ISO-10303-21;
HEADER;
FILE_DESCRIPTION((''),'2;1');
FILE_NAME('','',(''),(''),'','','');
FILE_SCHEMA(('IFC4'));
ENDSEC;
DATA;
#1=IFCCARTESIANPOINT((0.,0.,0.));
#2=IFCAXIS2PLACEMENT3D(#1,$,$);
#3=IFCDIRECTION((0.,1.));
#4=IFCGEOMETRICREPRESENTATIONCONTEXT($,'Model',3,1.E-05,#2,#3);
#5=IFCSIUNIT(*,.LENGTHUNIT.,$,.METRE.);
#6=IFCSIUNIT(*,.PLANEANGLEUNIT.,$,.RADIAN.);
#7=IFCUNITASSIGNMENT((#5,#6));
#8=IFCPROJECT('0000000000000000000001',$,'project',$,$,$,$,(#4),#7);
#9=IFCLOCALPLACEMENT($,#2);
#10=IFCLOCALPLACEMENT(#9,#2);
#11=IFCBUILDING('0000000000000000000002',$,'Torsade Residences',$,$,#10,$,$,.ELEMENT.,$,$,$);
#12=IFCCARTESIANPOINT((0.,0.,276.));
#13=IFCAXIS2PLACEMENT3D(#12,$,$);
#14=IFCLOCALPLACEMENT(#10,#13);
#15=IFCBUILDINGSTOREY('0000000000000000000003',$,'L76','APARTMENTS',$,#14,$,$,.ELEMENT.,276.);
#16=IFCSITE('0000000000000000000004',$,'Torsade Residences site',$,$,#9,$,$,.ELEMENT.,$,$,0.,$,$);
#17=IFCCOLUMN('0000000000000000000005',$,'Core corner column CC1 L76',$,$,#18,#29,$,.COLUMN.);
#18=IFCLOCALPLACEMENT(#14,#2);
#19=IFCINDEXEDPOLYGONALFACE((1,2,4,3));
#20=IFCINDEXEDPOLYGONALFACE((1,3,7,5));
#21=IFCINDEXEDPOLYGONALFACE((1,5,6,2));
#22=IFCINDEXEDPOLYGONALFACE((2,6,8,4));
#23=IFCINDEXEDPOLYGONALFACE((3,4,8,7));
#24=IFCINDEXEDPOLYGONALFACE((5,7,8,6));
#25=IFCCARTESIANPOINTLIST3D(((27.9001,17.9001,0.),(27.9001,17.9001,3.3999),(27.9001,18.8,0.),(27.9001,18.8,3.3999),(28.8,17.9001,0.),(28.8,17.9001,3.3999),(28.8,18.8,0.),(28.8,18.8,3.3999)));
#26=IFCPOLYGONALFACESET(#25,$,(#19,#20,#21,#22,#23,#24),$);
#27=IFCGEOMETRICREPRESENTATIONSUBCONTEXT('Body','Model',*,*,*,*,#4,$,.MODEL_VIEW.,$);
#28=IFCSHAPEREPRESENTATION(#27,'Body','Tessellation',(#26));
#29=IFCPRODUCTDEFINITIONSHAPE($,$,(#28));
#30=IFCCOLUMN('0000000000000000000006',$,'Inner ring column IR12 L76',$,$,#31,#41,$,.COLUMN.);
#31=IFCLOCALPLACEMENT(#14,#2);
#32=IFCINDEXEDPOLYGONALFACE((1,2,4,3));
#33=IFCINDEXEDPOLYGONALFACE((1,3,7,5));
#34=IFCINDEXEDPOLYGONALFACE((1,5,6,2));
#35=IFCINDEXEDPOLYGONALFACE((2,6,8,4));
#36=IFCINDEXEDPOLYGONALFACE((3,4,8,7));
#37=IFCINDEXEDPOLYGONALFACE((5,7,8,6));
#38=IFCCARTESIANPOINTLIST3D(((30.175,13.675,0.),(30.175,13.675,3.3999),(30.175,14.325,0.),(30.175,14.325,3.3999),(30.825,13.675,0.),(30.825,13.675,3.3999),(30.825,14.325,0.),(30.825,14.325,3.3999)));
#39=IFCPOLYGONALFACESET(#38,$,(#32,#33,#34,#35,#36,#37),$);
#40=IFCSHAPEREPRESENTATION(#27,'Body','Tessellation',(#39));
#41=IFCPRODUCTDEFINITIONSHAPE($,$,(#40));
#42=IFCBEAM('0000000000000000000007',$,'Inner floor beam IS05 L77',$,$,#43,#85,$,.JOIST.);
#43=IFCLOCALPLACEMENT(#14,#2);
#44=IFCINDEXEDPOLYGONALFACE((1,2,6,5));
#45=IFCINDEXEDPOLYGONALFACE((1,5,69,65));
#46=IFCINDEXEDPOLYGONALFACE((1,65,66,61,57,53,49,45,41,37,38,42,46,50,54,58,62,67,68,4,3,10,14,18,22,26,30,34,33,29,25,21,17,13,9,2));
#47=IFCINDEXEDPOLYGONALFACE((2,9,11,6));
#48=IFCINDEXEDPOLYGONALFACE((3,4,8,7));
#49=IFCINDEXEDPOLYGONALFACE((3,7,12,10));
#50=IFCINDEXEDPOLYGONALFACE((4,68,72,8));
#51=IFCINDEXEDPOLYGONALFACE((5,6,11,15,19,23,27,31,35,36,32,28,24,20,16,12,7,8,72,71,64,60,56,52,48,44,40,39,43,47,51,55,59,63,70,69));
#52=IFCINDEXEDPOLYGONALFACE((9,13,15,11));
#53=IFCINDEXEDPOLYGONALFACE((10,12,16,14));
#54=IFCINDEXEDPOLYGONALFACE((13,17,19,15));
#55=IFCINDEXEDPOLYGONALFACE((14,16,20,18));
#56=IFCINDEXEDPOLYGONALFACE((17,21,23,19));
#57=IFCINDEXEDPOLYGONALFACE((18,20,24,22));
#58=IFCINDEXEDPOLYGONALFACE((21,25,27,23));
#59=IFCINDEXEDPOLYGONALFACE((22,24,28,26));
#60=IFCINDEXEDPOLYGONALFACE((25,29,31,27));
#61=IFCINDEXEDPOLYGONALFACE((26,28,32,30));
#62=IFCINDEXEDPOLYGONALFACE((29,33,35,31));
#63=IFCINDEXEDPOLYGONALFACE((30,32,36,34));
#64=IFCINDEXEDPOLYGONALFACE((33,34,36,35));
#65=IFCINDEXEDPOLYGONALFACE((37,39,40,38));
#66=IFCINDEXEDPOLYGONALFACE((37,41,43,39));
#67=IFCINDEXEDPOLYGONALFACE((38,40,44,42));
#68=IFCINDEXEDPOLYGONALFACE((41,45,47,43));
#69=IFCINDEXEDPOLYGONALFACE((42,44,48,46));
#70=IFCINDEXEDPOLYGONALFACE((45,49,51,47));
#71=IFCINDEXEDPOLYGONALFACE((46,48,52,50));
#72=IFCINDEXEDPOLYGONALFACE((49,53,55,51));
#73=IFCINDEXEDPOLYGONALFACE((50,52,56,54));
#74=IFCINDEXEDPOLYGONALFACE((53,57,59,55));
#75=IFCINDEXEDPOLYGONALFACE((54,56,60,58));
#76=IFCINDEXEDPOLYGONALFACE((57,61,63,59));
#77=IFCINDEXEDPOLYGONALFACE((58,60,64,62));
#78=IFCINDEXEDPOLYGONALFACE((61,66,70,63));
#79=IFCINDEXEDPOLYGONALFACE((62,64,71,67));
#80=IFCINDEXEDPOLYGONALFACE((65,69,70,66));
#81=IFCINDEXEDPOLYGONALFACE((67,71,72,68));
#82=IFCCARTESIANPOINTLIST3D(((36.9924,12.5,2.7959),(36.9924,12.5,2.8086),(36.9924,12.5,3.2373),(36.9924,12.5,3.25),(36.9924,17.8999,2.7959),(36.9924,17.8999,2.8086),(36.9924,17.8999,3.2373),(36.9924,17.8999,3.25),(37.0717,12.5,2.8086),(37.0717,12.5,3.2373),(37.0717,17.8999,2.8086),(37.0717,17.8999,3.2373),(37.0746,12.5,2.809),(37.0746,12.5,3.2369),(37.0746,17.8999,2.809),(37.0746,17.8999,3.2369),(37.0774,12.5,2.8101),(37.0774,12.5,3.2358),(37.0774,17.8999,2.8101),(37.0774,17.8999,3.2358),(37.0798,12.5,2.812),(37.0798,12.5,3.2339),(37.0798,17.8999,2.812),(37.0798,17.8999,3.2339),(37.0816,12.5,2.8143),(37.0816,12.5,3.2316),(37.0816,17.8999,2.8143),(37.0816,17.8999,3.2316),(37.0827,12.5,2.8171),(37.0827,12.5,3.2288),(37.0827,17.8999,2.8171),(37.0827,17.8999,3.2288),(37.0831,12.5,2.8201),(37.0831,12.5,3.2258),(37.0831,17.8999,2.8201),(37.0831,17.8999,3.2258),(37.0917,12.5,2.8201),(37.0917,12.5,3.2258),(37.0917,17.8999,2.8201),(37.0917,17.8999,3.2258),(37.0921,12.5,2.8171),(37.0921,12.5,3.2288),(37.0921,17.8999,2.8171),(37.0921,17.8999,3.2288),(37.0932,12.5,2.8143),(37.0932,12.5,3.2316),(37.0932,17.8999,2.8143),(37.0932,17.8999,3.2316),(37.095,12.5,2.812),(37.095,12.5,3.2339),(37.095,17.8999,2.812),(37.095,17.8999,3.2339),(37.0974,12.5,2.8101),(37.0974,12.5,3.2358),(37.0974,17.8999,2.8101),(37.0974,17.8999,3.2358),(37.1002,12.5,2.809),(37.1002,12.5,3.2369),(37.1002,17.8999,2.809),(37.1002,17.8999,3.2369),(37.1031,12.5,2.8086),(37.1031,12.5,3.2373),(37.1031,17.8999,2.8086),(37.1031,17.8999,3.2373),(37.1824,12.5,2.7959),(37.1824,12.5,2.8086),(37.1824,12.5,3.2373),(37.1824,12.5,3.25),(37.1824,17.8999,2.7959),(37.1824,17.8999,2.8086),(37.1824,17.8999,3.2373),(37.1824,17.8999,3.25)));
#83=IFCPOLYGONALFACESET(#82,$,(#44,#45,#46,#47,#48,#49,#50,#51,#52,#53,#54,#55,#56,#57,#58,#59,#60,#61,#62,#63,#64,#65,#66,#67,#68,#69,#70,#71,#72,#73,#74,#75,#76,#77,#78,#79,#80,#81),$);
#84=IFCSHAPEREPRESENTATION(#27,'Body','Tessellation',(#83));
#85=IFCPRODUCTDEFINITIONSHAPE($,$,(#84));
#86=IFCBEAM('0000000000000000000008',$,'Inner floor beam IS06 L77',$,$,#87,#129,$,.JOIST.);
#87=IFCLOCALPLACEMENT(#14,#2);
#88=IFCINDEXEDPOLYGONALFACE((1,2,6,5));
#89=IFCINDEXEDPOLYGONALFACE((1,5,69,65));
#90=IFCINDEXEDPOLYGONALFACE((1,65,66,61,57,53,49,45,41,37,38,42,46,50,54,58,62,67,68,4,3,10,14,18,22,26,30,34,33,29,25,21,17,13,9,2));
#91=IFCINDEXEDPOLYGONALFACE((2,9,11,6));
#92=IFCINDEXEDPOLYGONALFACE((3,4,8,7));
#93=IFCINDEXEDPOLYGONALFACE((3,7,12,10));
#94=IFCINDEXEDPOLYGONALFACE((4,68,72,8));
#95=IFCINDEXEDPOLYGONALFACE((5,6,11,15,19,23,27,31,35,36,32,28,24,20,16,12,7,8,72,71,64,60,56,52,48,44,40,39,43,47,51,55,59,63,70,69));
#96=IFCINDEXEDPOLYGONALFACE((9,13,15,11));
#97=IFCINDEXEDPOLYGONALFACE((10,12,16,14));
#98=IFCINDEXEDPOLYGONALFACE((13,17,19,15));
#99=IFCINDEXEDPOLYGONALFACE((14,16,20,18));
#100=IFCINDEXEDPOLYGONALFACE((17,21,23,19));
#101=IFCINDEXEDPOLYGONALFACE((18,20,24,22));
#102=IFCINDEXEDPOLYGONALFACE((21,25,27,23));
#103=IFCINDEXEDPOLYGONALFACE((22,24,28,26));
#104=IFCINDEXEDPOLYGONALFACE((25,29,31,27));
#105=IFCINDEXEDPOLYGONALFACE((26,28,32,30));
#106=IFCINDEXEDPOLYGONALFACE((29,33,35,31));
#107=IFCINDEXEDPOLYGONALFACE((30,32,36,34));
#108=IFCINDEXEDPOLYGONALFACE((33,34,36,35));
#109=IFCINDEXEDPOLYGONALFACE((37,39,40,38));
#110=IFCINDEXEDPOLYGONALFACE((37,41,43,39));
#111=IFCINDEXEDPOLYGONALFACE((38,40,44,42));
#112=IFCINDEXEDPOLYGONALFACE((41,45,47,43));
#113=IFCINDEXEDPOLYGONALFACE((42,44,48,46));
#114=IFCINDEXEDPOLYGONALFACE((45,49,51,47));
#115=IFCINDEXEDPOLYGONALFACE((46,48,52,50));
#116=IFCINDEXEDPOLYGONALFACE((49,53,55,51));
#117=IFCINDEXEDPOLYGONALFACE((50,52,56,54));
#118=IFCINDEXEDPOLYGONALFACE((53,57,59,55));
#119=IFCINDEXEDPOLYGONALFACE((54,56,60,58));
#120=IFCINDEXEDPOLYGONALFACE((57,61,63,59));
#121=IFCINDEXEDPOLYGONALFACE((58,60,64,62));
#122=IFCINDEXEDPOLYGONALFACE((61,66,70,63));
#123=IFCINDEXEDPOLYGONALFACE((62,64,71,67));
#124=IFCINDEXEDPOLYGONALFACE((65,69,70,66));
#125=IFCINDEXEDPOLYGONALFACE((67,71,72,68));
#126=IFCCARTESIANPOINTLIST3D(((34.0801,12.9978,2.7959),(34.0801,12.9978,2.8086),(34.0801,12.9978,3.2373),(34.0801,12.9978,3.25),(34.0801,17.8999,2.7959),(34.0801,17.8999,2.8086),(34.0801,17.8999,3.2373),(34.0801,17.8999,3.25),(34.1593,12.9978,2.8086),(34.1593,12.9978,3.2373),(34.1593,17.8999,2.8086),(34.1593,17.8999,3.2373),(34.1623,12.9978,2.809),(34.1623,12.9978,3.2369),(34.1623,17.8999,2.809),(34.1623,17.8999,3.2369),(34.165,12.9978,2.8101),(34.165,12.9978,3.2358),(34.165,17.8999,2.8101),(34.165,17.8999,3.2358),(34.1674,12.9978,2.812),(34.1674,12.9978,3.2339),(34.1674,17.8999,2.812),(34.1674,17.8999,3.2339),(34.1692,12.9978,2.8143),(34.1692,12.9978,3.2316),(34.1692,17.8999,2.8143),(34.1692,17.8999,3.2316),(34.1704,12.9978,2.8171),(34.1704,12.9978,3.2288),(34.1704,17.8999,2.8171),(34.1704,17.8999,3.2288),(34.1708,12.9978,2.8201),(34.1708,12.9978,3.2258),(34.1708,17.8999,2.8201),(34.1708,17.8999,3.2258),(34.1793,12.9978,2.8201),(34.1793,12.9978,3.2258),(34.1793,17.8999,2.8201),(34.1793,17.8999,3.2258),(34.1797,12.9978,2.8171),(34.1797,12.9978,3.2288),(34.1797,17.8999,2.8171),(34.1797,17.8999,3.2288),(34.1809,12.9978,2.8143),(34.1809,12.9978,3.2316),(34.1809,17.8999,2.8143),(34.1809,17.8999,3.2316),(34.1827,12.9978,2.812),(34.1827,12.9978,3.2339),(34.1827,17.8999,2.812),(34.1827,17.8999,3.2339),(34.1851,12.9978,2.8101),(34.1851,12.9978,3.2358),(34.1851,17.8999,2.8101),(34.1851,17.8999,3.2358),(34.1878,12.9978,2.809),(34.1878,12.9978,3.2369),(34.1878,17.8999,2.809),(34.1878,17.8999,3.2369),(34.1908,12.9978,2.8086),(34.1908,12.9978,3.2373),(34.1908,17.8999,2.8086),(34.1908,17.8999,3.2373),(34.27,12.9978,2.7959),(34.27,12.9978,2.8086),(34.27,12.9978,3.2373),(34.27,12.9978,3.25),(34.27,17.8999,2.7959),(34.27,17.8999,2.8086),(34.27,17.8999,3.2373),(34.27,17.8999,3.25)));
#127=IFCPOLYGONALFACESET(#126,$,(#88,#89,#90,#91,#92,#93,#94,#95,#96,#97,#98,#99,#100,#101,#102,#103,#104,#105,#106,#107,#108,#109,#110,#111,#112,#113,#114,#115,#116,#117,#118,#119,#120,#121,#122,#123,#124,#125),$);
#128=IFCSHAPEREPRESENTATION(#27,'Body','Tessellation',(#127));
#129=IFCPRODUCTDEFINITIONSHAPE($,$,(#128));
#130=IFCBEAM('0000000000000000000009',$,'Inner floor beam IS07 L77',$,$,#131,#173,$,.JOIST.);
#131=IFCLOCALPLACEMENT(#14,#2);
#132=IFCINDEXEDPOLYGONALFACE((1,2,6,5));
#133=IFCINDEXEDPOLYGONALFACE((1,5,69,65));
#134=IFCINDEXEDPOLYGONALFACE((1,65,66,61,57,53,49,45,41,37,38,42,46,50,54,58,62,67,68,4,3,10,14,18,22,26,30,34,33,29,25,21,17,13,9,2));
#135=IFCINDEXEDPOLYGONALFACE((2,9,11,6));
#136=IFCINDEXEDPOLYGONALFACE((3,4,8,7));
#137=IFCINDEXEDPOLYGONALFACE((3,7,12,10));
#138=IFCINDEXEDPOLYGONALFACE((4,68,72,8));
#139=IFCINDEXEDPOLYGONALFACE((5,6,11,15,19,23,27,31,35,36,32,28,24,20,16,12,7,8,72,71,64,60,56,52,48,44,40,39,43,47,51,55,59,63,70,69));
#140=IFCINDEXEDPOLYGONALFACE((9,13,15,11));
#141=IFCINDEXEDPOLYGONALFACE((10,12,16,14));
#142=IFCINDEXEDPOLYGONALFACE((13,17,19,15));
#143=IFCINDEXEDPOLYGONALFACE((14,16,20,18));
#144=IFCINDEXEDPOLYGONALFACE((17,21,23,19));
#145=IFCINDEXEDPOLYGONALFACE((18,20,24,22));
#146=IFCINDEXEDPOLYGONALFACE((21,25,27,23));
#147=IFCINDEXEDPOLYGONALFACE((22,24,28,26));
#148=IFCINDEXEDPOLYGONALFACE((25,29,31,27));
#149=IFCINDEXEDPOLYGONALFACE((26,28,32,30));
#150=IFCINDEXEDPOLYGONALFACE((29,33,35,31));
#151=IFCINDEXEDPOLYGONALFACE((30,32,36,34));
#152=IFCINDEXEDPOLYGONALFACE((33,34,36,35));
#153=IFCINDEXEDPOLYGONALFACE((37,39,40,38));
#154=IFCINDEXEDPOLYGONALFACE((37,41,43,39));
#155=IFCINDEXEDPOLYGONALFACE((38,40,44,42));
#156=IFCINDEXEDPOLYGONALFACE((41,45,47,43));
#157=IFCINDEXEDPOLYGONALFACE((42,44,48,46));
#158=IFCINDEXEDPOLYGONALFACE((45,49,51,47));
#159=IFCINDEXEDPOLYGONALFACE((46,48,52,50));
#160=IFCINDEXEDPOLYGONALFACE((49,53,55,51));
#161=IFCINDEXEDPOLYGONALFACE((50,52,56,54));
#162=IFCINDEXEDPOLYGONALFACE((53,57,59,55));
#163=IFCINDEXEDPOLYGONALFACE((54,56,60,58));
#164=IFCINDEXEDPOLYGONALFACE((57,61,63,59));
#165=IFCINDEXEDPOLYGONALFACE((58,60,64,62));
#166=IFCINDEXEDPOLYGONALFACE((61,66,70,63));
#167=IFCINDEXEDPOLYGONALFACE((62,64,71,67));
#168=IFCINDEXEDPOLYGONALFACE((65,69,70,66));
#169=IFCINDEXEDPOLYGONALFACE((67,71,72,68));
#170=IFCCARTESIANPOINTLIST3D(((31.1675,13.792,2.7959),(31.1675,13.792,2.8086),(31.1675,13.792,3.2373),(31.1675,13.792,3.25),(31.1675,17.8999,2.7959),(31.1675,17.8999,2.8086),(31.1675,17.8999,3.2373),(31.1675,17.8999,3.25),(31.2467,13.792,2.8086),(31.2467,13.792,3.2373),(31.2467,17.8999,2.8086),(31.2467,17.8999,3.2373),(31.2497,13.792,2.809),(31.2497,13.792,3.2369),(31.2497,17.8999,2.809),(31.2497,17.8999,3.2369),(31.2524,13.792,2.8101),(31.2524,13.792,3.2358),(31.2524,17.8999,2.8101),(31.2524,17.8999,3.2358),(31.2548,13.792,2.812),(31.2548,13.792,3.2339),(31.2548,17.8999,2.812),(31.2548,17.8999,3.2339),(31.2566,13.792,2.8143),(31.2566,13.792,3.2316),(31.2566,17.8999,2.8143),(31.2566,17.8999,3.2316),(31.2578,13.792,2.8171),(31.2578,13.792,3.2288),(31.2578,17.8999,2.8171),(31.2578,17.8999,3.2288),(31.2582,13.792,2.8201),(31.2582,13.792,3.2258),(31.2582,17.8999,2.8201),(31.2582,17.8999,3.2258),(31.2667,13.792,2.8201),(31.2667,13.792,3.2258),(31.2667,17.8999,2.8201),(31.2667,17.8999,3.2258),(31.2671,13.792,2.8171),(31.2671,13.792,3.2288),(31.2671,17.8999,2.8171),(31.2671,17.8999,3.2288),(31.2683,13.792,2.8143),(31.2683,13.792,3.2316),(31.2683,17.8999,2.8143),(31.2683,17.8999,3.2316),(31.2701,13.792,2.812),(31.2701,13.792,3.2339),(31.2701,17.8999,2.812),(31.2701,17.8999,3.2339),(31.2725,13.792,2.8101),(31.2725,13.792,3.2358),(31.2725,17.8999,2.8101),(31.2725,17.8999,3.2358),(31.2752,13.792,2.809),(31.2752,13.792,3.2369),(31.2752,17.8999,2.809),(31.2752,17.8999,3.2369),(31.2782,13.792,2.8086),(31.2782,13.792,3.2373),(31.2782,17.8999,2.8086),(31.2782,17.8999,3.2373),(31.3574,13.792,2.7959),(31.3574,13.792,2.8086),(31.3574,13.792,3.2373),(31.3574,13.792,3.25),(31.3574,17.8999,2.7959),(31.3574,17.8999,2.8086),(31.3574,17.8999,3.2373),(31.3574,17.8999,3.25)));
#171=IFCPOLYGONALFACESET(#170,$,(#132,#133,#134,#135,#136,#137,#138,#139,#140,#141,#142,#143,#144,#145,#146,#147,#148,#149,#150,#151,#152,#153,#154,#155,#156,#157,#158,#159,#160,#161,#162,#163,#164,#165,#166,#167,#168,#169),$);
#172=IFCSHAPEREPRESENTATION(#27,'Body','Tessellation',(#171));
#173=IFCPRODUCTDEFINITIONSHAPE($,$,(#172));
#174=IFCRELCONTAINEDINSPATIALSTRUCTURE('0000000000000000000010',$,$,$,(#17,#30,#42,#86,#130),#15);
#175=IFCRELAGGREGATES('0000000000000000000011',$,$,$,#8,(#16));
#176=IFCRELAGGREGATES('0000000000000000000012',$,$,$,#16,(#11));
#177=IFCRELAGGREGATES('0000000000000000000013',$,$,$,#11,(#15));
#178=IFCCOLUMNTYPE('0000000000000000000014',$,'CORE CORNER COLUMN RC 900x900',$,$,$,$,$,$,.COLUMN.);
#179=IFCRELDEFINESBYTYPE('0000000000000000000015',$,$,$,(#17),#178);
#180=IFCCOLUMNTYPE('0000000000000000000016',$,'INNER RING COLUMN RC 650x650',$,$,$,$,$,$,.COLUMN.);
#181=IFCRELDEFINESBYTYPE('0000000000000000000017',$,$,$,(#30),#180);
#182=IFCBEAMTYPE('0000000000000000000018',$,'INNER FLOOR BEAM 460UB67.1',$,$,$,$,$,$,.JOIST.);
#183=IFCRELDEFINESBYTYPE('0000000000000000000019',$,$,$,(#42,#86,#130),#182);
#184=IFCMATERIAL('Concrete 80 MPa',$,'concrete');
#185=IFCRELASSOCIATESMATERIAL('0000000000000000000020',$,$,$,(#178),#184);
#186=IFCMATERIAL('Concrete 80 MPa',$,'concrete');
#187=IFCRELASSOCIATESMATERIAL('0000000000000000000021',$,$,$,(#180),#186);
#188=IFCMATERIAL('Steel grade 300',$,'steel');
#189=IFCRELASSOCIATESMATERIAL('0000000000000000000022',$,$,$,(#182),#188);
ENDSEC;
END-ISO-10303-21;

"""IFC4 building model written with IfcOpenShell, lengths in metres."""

from ifc_helpers import new_model, si_unit, direction, frame, origin, origin_2d, place, context, subcontext, project, spatial, rectangle, i_section, extrude, material, material_profile, profile_set, type_object, element, save


model = new_model("IFC4")

# Units and contexts
model_context = context("Model", 3, precision=1e-05, world=origin(), true_north=direction((0.0, 1.0)))
body_context = subcontext(model_context, "Body", "Model", "MODEL_VIEW")
ifc_project = project(units=[si_unit("LENGTHUNIT", "METRE"), si_unit("PLANEANGLEUNIT", "RADIAN")], contexts=[model_context])

# Site, building, storey
site_placement = place(None, origin())
site = spatial("IfcSite", under=ifc_project, at=site_placement, Name="Torsade Residences site", CompositionType="ELEMENT", RefElevation=0.0)
building_placement = place(site_placement, origin())
building = spatial("IfcBuilding", under=site, at=building_placement, Name="Torsade Residences", CompositionType="ELEMENT")
storey_placement = place(building_placement, frame((0.0, 0.0, 276.0)))
storey = spatial("IfcBuildingStorey", under=building, at=storey_placement, Name="L76", Description="APARTMENTS", CompositionType="ELEMENT", Elevation=276.0)

# Columns
ifc_material_1 = material(Name="Concrete 80 MPa", Category="concrete")
ifc_material_profile_1 = material_profile(ifc_material_1, rectangle(XDim=0.8999, YDim=0.8999, at=origin_2d()), Name="RC 900x900")
ifc_profile_set_1 = profile_set([ifc_material_profile_1], Name="Concrete 80 MPa")
column_type_1 = type_object("IfcColumnType", Name="CORE CORNER COLUMN RC 900x900", PredefinedType="COLUMN", material=ifc_profile_set_1)
column_1_placement = place(storey_placement, frame((28.3501, 18.3501, 0.0), z_axis=(0.0, 0.0, 1.0), x_axis=(1.0, 0.0, 0.0)))
element("IfcColumn", 1, at=column_1_placement, inside=storey, type_object=column_type_1, Name="Core corner column CC1 L76", PredefinedType="COLUMN", context=body_context, shape_type="SweptSolid", body=[
    extrude(rectangle(XDim=0.8999, YDim=0.8999, at=origin_2d()), origin(), (0.0, 0.0, 1.0), 3.3999),
])
ifc_material_2 = material(Name="Concrete 80 MPa", Category="concrete")
ifc_material_profile_2 = material_profile(ifc_material_2, rectangle(XDim=0.6499, YDim=0.6499, at=origin_2d()), Name="RC 650x650")
ifc_profile_set_2 = profile_set([ifc_material_profile_2], Name="Concrete 80 MPa")
column_type_2 = type_object("IfcColumnType", Name="INNER RING COLUMN RC 650x650", PredefinedType="COLUMN", material=ifc_profile_set_2)
column_2_placement = place(storey_placement, frame((30.5, 14.0, 0.0), z_axis=(0.0, 0.0, 1.0), x_axis=(1.0, 0.0, 0.0)))
element("IfcColumn", 2, at=column_2_placement, inside=storey, type_object=column_type_2, Name="Inner ring column IR12 L76", PredefinedType="COLUMN", context=body_context, shape_type="SweptSolid", body=[
    extrude(rectangle(XDim=0.6499, YDim=0.6499, at=origin_2d()), origin(), (0.0, 0.0, 1.0), 3.3999),
])

# Beams
ifc_material_3 = material(Name="Steel grade 300", Category="steel")
ifc_material_profile_3 = material_profile(ifc_material_3, i_section(OverallWidth=0.1899, OverallDepth=0.4541, WebThickness=0.0085, FlangeThickness=0.0127, FilletRadius=0.0115, at=origin_2d()), Name="460UB67.1")
ifc_profile_set_3 = profile_set([ifc_material_profile_3], Name="Steel grade 300")
beam_type_1 = type_object("IfcBeamType", Name="INNER FLOOR BEAM 460UB67.1", PredefinedType="JOIST", material=ifc_profile_set_3)
beam_1_placement = place(storey_placement, frame((37.0874, 17.8999, 3.0229), z_axis=(0.0, -1.0, 0.0), x_axis=(1.0, 0.0, 0.0)))
element("IfcBeam", 3, at=beam_1_placement, inside=storey, type_object=beam_type_1, Name="Inner floor beam IS05 L77", PredefinedType="JOIST", context=body_context, shape_type="SweptSolid", body=[
    extrude(i_section(OverallWidth=0.1899, OverallDepth=0.4541, WebThickness=0.0085, FlangeThickness=0.0127, FilletRadius=0.0115, at=origin_2d()), origin(), (0.0, 0.0, 1.0), 5.3999),
])
beam_2_placement = place(storey_placement, frame((34.175, 17.8999, 3.0229), z_axis=(0.0, -1.0, 0.0), x_axis=(1.0, 0.0, 0.0)))
element("IfcBeam", 4, at=beam_2_placement, inside=storey, type_object=beam_type_1, Name="Inner floor beam IS06 L77", PredefinedType="JOIST", context=body_context, shape_type="SweptSolid", body=[
    extrude(i_section(OverallWidth=0.1899, OverallDepth=0.4541, WebThickness=0.0085, FlangeThickness=0.0127, FilletRadius=0.0115, at=origin_2d()), origin(), (0.0, 0.0, 1.0), 4.9021),
])
beam_3_placement = place(storey_placement, frame((31.2625, 17.8999, 3.0229), z_axis=(0.0, -1.0, 0.0), x_axis=(1.0, 0.0, 0.0)))
element("IfcBeam", 5, at=beam_3_placement, inside=storey, type_object=beam_type_1, Name="Inner floor beam IS07 L77", PredefinedType="JOIST", context=body_context, shape_type="SweptSolid", body=[
    extrude(i_section(OverallWidth=0.1899, OverallDepth=0.4541, WebThickness=0.0085, FlangeThickness=0.0127, FilletRadius=0.0115, at=origin_2d()), origin(), (0.0, 0.0, 1.0), 4.1079),
])

save(model, "model.ifc")
